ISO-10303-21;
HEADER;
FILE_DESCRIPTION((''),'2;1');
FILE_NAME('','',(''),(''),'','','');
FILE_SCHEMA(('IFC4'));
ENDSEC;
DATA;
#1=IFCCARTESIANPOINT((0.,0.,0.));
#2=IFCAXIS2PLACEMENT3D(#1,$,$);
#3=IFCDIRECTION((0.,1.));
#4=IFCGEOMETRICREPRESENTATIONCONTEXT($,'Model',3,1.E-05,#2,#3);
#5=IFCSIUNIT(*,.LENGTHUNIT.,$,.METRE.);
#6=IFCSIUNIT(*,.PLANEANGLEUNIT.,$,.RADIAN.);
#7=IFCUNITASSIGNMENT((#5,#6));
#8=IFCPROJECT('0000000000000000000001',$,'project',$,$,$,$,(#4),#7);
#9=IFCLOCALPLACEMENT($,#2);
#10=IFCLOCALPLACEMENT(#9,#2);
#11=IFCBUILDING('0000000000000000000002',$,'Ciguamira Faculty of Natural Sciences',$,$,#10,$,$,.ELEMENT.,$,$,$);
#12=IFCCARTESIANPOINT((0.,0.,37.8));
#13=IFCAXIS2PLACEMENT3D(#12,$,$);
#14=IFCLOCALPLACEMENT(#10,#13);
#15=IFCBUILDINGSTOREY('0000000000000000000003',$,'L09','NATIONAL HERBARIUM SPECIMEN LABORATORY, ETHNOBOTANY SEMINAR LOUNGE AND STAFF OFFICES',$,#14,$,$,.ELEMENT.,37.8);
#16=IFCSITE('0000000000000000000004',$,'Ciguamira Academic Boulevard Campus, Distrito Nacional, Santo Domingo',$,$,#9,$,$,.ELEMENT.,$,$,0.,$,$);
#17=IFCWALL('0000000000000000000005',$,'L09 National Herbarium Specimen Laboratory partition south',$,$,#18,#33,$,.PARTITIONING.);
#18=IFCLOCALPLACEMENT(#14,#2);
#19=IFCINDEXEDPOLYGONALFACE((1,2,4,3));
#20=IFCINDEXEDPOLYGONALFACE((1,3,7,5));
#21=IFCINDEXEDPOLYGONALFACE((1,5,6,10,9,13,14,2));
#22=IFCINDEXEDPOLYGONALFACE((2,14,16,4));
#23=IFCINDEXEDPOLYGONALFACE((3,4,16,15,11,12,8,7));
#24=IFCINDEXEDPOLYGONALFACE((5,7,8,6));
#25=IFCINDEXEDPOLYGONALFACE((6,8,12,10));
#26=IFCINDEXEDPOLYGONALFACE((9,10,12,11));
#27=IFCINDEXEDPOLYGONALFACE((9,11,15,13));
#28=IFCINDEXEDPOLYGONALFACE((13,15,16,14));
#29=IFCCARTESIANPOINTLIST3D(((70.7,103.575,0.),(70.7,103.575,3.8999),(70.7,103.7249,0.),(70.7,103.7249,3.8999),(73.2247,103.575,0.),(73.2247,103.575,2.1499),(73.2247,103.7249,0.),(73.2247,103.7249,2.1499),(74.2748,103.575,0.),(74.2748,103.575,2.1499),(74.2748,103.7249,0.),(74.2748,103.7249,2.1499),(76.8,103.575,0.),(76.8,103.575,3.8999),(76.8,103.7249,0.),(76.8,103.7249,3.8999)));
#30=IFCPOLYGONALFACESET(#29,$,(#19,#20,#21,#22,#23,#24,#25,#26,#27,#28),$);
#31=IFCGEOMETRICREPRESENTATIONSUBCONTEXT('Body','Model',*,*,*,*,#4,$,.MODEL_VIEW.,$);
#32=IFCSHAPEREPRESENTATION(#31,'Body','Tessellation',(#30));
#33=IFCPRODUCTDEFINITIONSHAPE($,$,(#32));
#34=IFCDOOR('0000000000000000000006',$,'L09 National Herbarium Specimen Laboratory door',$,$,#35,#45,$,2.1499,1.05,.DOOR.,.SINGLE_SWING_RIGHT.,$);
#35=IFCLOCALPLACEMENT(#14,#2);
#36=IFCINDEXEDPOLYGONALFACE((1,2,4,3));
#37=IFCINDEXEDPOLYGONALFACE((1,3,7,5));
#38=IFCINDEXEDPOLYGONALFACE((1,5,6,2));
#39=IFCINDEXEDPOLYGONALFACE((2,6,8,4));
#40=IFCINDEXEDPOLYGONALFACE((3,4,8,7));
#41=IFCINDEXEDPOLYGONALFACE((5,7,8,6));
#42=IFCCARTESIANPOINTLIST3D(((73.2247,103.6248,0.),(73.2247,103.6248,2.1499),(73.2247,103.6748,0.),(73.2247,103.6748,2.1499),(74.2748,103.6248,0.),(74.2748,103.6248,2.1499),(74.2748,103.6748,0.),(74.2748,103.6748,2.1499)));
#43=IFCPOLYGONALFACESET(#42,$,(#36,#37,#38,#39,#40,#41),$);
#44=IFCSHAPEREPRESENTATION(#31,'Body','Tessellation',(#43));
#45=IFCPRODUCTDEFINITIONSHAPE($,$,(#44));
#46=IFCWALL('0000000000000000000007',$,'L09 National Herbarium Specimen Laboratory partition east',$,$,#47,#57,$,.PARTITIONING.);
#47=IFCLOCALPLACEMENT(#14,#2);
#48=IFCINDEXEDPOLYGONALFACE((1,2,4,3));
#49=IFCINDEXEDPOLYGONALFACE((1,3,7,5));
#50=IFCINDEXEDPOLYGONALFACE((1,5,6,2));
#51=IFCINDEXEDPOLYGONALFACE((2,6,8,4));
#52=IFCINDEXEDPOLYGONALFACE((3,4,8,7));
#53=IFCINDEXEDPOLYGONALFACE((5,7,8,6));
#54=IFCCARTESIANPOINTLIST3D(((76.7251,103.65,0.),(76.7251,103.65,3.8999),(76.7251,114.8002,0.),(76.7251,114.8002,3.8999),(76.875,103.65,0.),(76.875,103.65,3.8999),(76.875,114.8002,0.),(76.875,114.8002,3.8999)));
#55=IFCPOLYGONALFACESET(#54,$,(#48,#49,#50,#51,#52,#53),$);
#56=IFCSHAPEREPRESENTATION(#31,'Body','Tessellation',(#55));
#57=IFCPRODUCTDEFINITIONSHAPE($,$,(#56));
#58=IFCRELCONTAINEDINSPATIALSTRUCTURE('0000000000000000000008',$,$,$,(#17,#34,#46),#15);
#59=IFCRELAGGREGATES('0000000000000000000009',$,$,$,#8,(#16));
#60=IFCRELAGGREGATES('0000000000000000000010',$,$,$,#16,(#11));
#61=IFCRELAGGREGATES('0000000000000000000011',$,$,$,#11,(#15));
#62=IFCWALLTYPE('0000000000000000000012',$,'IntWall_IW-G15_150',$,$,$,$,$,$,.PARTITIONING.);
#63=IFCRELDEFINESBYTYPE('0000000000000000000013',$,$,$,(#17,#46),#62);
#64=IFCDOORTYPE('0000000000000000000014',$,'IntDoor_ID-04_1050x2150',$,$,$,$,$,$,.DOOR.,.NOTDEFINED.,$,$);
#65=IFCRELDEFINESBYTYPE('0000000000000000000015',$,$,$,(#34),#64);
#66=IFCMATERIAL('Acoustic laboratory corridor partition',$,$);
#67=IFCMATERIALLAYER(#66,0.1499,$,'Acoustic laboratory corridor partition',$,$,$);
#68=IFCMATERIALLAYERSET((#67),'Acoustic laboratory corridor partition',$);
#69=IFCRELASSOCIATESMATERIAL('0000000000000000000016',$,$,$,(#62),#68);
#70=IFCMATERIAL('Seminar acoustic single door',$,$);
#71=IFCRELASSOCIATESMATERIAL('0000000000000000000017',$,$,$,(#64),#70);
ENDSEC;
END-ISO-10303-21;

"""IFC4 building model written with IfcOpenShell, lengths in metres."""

from ifc_helpers import new_model, si_unit, direction, frame, frame_2d, origin, place, context, subcontext, project, spatial, rectangle, extrude, material, layer, layer_set, type_object, element, fill, save


model = new_model("IFC4")

# Units and contexts
model_context = context("Model", 3, precision=1e-05, world=origin(), true_north=direction((0.0, 1.0)))
body_context = subcontext(model_context, "Body", "Model", "MODEL_VIEW")
ifc_project = project(units=[si_unit("LENGTHUNIT", "METRE"), si_unit("PLANEANGLEUNIT", "RADIAN")], contexts=[model_context])

# Site, building, storey
site_placement = place(None, origin())
site = spatial("IfcSite", under=ifc_project, at=site_placement, Name="Ciguamira Academic Boulevard Campus, Distrito Nacional, Santo Domingo", CompositionType="ELEMENT", RefElevation=0.0)
building_placement = place(site_placement, origin())
building = spatial("IfcBuilding", under=site, at=building_placement, Name="Ciguamira Faculty of Natural Sciences", CompositionType="ELEMENT")
storey_placement = place(building_placement, frame((0.0, 0.0, 37.8)))
storey = spatial("IfcBuildingStorey", under=building, at=storey_placement, Name="L09", Description="NATIONAL HERBARIUM SPECIMEN LABORATORY, ETHNOBOTANY SEMINAR LOUNGE AND STAFF OFFICES", CompositionType="ELEMENT", Elevation=37.8)

# Wall, opening, door
ifc_material_1 = material(Name="Acoustic laboratory corridor partition")
ifc_layer_1 = layer(ifc_material_1, 0.1499, Name="Acoustic laboratory corridor partition")
ifc_layer_set_1 = layer_set([ifc_layer_1], Name="Acoustic laboratory corridor partition")
wall_type_1 = type_object("IfcWallType", Name="IntWall_IW-G15_150", PredefinedType="PARTITIONING", material=ifc_layer_set_1)
wall_1_placement = place(storey_placement, frame((70.7, 103.6499, 0.0), z_axis=(0.0, 0.0, 1.0), x_axis=(1.0, 0.0, 0.0)))
wall_1 = element("IfcWall", 1, at=wall_1_placement, inside=storey, type_object=wall_type_1, Name="L09 National Herbarium Specimen Laboratory partition south", PredefinedType="PARTITIONING", context=body_context, shape_type="SweptSolid", body=[
    extrude(rectangle(XDim=6.1001, YDim=0.1499, at=frame_2d((3.05, 0.0))), origin(), (0.0, 0.0, 1.0), 3.8999),
])
opening_1_placement = place(wall_1_placement, frame((2.5249, 0.0, 0.0)))
opening_1 = element("IfcOpeningElement", 2, at=opening_1_placement, cuts=wall_1, PredefinedType="OPENING", context=body_context, shape_type="SweptSolid", body=[
    extrude(rectangle(XDim=1.05, YDim=2.1499, at=frame_2d((0.5249, 1.075))), frame((0.0, 0.085, 0.0), z_axis=(0.0, -1.0, 0.0), x_axis=(1.0, 0.0, 0.0)), (0.0, 0.0, 1.0), 0.1699),
])
ifc_material_2 = material(Name="Seminar acoustic single door")
door_type_1 = type_object("IfcDoorType", Name="IntDoor_ID-04_1050x2150", OperationType="NOTDEFINED", PredefinedType="DOOR", material=ifc_material_2)
door_1_placement = place(opening_1_placement, origin())
door_1 = element("IfcDoor", 3, at=door_1_placement, inside=storey, type_object=door_type_1, Name="L09 National Herbarium Specimen Laboratory door", OperationType="SINGLE_SWING_RIGHT", OverallHeight=2.1499, OverallWidth=1.05, PredefinedType="DOOR", context=body_context, shape_type="SweptSolid", body=[
    extrude(rectangle(XDim=1.05, YDim=2.1499, at=frame_2d((0.5249, 1.075))), frame((0.0, 0.0249, 0.0), z_axis=(0.0, -1.0, 0.0), x_axis=(1.0, 0.0, 0.0)), (0.0, 0.0, 1.0), 0.05),
])
fill(opening_1, door_1)

# Wall
wall_2_placement = place(storey_placement, frame((76.8, 103.6499, 0.0), z_axis=(0.0, 0.0, 1.0), x_axis=(0.0, 1.0, 0.0)))
element("IfcWall", 4, at=wall_2_placement, inside=storey, type_object=wall_type_1, Name="L09 National Herbarium Specimen Laboratory partition east", PredefinedType="PARTITIONING", context=body_context, shape_type="SweptSolid", body=[
    extrude(rectangle(XDim=11.1501, YDim=0.1499, at=frame_2d((5.5752, 0.0))), origin(), (0.0, 0.0, 1.0), 3.8999),
])

save(model, "model.ifc")
